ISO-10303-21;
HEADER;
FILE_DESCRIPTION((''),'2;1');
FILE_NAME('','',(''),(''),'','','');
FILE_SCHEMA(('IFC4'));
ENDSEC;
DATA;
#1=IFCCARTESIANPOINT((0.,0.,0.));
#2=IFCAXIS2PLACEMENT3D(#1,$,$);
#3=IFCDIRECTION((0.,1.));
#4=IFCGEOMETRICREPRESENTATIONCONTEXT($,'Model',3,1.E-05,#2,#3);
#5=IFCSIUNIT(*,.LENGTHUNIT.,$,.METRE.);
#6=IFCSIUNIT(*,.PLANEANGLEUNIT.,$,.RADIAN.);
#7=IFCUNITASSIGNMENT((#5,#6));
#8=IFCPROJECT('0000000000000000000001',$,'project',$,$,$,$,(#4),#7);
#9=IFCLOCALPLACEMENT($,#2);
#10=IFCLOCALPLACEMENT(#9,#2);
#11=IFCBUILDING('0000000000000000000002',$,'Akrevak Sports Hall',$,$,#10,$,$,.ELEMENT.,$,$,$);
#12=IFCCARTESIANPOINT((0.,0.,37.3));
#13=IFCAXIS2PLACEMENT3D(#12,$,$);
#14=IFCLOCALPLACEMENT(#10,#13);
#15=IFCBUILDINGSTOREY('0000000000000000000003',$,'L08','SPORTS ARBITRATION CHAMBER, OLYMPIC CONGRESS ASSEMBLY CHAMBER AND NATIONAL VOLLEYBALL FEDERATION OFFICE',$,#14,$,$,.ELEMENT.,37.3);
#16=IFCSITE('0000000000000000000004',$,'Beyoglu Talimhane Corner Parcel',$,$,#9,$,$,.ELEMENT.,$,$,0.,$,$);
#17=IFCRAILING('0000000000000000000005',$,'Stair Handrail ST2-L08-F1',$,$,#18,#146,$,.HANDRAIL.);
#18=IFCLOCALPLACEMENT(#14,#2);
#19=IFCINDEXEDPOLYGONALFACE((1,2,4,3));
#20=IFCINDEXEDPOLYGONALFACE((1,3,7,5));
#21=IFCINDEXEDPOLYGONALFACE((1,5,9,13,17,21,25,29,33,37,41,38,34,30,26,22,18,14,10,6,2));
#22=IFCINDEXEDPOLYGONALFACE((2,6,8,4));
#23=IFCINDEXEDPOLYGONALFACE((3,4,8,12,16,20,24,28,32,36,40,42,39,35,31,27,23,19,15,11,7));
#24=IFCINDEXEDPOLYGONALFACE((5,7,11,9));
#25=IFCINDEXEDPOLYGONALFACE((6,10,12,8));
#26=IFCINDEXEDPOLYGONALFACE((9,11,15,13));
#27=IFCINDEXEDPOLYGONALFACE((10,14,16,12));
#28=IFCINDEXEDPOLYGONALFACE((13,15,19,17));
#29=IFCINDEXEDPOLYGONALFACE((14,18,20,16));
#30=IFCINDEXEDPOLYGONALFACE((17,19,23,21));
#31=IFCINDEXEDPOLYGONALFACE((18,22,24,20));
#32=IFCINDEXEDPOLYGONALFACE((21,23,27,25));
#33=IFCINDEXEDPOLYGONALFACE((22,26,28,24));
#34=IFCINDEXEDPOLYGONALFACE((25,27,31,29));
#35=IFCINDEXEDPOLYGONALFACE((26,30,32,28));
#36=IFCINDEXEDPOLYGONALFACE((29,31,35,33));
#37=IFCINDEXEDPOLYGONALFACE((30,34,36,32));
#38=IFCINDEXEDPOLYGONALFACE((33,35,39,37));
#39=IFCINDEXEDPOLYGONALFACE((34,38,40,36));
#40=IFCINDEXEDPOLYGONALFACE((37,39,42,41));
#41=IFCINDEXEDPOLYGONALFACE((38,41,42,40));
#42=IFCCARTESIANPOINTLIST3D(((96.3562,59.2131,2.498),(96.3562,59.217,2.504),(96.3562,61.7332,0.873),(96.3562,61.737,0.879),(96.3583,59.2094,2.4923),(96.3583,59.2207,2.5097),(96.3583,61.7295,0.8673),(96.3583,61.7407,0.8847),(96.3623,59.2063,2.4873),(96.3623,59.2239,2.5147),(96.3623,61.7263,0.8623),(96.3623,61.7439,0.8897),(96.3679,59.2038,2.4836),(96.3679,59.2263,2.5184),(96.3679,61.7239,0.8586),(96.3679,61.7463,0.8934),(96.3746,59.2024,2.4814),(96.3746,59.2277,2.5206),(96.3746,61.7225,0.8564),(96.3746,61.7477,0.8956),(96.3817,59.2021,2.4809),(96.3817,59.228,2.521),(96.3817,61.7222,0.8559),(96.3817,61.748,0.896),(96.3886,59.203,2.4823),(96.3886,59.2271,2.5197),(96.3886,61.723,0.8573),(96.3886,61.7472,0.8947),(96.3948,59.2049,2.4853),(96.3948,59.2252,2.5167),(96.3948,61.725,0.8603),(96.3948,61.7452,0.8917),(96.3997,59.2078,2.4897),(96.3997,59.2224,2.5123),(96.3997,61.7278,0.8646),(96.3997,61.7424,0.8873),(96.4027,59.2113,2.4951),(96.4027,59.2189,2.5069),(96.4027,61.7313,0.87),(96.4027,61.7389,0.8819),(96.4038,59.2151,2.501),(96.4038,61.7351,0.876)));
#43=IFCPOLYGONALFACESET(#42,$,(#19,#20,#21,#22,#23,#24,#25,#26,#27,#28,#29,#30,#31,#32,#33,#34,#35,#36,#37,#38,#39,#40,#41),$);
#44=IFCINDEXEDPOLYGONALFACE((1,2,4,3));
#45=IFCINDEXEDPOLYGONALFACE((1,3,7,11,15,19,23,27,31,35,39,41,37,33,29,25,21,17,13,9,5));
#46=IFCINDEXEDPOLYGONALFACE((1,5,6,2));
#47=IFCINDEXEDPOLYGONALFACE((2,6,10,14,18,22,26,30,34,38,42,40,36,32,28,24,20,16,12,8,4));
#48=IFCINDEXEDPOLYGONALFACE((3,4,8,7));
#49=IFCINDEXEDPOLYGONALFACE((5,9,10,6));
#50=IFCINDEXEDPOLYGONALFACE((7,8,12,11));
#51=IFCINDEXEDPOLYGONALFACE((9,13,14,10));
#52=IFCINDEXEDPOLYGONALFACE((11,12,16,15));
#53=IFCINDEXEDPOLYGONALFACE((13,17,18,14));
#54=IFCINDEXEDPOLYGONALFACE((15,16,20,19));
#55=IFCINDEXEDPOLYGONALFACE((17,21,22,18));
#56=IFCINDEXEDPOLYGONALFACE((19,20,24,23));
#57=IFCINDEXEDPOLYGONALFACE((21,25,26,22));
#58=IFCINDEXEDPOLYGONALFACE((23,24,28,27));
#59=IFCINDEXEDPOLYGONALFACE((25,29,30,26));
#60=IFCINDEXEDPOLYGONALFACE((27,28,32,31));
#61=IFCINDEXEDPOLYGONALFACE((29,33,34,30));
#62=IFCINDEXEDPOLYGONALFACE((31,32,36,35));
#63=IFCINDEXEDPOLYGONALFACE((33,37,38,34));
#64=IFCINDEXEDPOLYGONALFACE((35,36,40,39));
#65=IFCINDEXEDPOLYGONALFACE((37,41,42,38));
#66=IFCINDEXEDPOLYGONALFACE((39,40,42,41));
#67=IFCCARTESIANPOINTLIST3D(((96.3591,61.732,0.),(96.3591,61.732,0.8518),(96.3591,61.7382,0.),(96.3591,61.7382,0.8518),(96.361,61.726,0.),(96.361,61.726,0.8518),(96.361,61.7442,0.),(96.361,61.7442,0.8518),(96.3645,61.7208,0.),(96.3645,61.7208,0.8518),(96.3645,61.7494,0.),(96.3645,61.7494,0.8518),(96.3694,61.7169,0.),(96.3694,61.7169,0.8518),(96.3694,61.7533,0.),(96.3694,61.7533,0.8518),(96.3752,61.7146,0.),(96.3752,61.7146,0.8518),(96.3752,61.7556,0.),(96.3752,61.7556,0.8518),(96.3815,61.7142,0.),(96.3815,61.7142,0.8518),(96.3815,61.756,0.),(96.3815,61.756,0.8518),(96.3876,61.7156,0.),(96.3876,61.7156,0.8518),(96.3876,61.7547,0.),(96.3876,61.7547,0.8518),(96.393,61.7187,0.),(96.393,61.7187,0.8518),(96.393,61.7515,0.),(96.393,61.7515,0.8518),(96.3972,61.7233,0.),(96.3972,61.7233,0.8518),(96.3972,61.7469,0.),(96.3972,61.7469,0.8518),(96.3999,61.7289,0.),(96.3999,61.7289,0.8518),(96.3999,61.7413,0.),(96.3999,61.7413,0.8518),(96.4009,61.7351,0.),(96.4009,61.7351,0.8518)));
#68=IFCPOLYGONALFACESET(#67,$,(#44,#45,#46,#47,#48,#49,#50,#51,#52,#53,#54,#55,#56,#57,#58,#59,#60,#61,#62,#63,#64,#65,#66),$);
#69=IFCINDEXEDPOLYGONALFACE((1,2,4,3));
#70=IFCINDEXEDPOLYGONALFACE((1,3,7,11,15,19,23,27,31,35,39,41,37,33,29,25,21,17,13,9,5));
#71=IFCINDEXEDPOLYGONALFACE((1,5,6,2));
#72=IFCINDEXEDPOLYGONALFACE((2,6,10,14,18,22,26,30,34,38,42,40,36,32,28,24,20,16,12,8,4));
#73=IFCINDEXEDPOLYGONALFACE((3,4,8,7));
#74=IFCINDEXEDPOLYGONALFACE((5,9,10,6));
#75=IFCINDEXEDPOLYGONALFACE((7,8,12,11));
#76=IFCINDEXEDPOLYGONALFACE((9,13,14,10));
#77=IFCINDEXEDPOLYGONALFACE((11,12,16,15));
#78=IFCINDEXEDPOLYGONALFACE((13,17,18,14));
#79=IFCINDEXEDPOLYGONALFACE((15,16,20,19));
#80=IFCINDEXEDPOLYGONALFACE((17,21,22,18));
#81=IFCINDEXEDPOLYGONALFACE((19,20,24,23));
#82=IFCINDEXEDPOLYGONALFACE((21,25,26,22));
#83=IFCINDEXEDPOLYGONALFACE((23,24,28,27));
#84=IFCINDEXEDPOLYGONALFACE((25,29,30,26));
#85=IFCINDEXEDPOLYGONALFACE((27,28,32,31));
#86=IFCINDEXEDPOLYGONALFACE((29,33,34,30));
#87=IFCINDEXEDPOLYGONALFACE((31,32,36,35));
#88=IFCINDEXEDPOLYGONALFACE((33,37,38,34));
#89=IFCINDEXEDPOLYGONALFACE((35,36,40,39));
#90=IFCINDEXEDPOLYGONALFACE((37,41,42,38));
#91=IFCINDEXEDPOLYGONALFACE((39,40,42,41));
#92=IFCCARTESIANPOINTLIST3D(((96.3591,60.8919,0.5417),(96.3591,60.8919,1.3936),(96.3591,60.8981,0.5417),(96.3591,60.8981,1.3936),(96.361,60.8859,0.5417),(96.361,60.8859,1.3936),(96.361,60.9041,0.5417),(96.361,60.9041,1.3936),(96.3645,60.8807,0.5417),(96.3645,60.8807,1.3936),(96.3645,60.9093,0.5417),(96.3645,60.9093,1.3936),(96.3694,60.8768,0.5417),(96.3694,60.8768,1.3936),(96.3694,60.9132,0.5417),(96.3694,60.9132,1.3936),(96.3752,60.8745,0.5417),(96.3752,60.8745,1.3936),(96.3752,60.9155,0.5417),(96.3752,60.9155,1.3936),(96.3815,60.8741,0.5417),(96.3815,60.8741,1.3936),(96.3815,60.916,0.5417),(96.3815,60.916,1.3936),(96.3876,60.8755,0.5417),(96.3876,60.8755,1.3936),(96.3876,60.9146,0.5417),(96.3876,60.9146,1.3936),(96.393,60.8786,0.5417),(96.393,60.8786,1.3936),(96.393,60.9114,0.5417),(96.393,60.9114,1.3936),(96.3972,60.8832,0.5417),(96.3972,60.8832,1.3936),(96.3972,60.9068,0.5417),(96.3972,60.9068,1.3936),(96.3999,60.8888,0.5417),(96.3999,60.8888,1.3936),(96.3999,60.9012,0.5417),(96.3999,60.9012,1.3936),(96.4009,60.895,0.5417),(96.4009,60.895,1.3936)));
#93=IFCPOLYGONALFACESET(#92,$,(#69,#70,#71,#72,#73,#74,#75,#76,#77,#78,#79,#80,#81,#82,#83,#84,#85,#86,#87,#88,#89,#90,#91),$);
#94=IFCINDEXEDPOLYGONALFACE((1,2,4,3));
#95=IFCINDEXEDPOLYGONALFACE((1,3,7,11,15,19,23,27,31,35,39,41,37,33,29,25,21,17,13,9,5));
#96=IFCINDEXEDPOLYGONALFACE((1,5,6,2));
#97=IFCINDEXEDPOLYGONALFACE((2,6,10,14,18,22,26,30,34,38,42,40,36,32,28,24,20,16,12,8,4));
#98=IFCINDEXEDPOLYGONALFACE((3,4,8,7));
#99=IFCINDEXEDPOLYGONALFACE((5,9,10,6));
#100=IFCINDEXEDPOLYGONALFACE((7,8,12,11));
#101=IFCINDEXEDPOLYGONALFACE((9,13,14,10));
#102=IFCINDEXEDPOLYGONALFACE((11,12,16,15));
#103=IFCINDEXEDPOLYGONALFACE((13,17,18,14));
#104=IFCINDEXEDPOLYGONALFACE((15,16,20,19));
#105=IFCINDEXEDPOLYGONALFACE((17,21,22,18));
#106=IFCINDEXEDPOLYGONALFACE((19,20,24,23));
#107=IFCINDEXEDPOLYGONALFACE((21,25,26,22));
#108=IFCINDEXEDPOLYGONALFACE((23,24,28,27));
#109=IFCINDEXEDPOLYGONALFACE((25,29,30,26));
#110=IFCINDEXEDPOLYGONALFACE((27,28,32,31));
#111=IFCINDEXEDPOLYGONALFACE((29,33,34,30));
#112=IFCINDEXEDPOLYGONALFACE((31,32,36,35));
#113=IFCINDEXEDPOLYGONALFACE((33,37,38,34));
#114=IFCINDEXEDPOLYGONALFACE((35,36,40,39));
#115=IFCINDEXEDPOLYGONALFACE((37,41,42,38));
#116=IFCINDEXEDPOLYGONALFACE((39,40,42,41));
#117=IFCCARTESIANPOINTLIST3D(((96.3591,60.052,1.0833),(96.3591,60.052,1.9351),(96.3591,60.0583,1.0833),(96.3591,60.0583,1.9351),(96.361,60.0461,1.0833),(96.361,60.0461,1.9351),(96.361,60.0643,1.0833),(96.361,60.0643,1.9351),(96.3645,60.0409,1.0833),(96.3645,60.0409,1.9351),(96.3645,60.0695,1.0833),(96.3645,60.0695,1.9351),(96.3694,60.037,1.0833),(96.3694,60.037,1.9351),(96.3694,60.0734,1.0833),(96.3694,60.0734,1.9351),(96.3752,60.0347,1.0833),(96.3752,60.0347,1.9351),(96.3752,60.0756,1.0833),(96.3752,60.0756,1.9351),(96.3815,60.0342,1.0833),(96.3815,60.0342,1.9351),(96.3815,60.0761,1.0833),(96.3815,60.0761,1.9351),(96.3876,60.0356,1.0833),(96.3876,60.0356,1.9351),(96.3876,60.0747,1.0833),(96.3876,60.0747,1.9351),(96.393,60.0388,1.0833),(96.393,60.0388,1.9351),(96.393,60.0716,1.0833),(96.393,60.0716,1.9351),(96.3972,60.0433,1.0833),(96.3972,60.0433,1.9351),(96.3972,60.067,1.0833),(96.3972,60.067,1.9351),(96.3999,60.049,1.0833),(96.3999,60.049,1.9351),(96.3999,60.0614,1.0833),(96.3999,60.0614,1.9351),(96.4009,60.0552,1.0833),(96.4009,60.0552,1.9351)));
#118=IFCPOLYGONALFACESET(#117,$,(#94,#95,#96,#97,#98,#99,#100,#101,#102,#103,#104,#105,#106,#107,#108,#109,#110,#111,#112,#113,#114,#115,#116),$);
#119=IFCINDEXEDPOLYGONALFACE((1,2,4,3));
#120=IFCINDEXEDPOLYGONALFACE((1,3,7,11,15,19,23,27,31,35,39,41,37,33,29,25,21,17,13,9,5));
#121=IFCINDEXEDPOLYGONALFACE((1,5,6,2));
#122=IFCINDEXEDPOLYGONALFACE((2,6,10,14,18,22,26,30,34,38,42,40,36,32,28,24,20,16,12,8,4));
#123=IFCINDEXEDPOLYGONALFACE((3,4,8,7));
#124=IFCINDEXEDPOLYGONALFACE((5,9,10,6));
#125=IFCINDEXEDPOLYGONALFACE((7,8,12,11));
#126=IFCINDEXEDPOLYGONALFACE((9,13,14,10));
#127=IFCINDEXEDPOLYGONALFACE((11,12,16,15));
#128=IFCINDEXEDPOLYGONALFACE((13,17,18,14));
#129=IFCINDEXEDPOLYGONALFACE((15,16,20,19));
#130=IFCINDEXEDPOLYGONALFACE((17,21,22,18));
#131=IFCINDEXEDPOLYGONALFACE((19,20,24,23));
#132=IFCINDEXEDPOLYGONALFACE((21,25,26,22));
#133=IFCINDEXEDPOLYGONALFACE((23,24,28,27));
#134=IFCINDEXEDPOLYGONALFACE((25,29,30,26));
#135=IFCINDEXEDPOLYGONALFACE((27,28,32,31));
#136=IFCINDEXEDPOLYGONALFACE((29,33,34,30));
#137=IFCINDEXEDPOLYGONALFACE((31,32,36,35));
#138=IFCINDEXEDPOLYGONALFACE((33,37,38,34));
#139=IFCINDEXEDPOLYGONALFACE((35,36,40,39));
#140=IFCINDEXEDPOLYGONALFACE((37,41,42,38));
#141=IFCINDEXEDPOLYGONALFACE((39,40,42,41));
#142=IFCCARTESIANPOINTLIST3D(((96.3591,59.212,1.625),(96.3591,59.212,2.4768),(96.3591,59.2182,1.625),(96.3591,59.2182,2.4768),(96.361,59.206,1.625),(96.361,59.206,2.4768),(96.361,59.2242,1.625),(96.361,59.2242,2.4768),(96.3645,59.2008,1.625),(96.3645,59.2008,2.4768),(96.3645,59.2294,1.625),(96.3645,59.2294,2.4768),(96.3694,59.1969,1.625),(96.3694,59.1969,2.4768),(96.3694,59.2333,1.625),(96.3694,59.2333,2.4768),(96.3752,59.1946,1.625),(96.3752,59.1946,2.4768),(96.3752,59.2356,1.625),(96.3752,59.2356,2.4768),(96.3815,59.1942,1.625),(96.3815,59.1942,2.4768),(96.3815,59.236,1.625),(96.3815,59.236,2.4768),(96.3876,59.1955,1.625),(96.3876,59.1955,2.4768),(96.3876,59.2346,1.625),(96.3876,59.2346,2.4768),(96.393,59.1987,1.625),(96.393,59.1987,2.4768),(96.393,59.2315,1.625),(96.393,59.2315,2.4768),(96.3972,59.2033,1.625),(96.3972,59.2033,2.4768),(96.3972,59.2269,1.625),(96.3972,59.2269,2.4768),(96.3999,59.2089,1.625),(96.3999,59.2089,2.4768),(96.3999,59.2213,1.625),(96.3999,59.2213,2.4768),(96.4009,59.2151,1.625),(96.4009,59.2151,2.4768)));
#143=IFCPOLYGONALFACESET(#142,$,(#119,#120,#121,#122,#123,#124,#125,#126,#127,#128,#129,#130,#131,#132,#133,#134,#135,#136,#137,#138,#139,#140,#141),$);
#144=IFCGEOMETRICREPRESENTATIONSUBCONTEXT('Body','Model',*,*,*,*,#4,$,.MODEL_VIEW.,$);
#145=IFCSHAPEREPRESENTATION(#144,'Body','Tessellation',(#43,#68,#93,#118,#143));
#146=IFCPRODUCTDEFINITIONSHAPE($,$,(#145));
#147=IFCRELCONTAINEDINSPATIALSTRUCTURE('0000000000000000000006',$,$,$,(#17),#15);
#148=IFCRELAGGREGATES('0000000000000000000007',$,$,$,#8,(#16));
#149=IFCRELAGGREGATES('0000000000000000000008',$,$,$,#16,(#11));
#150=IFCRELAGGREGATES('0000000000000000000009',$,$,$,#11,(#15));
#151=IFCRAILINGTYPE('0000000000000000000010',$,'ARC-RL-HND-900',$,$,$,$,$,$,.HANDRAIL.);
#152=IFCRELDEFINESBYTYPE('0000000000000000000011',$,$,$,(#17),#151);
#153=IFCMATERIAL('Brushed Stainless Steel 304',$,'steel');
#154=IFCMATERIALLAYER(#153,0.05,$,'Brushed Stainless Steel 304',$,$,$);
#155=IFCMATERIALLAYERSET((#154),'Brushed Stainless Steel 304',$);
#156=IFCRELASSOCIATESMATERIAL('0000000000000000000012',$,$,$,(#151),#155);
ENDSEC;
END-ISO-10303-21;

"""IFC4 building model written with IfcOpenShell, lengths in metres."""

from ifc_helpers import new_model, si_unit, direction, frame, origin, origin_2d, place, context, subcontext, project, spatial, circle, extrude, material, layer, layer_set, type_object, element, save


model = new_model("IFC4")

# Units and contexts
model_context = context("Model", 3, precision=1e-05, world=origin(), true_north=direction((0.0, 1.0)))
body_context = subcontext(model_context, "Body", "Model", "MODEL_VIEW")
ifc_project = project(units=[si_unit("LENGTHUNIT", "METRE"), si_unit("PLANEANGLEUNIT", "RADIAN")], contexts=[model_context])

# Site, building, storey
site_placement = place(None, origin())
site = spatial("IfcSite", under=ifc_project, at=site_placement, Name="Beyoglu Talimhane Corner Parcel", CompositionType="ELEMENT", RefElevation=0.0)
building_placement = place(site_placement, origin())
building = spatial("IfcBuilding", under=site, at=building_placement, Name="Akrevak Sports Hall", CompositionType="ELEMENT")
storey_placement = place(building_placement, frame((0.0, 0.0, 37.3)))
storey = spatial("IfcBuildingStorey", under=building, at=storey_placement, Name="L08", Description="SPORTS ARBITRATION CHAMBER, OLYMPIC CONGRESS ASSEMBLY CHAMBER AND NATIONAL VOLLEYBALL FEDERATION OFFICE", CompositionType="ELEMENT", Elevation=37.3)

# Railing
ifc_material_1 = material(Name="Brushed Stainless Steel 304", Category="steel")
ifc_layer_1 = layer(ifc_material_1, 0.05, Name="Brushed Stainless Steel 304")
ifc_layer_set_1 = layer_set([ifc_layer_1], Name="Brushed Stainless Steel 304")
railing_type_1 = type_object("IfcRailingType", Name="ARC-RL-HND-900", PredefinedType="HANDRAIL", material=ifc_layer_set_1)
railing_1_placement = place(storey_placement, frame((96.3799, 61.7351, 0.0)))
element("IfcRailing", 1, at=railing_1_placement, inside=storey, type_object=railing_type_1, Name="Stair Handrail ST2-L08-F1", PredefinedType="HANDRAIL", context=body_context, shape_type="SweptSolid", body=[
    extrude(circle(Radius=0.0239, at=origin_2d()), frame((0.0, 0.0, 0.876), z_axis=(0.0, -0.840421, 0.541934), x_axis=(1.0, 0.0, 0.0)), (0.0, 0.0, 1.0), 2.9985),
    extrude(circle(Radius=0.021, at=origin_2d()), origin(), (0.0, 0.0, 1.0), 0.8518),
    extrude(circle(Radius=0.021, at=origin_2d()), frame((0.0, -0.8401, 0.5417)), (0.0, 0.0, 1.0), 0.8518),
    extrude(circle(Radius=0.021, at=origin_2d()), frame((0.0, -1.6799, 1.0833)), (0.0, 0.0, 1.0), 0.8518),
    extrude(circle(Radius=0.021, at=origin_2d()), frame((0.0, -2.52, 1.625)), (0.0, 0.0, 1.0), 0.8518),
])

save(model, "model.ifc")
